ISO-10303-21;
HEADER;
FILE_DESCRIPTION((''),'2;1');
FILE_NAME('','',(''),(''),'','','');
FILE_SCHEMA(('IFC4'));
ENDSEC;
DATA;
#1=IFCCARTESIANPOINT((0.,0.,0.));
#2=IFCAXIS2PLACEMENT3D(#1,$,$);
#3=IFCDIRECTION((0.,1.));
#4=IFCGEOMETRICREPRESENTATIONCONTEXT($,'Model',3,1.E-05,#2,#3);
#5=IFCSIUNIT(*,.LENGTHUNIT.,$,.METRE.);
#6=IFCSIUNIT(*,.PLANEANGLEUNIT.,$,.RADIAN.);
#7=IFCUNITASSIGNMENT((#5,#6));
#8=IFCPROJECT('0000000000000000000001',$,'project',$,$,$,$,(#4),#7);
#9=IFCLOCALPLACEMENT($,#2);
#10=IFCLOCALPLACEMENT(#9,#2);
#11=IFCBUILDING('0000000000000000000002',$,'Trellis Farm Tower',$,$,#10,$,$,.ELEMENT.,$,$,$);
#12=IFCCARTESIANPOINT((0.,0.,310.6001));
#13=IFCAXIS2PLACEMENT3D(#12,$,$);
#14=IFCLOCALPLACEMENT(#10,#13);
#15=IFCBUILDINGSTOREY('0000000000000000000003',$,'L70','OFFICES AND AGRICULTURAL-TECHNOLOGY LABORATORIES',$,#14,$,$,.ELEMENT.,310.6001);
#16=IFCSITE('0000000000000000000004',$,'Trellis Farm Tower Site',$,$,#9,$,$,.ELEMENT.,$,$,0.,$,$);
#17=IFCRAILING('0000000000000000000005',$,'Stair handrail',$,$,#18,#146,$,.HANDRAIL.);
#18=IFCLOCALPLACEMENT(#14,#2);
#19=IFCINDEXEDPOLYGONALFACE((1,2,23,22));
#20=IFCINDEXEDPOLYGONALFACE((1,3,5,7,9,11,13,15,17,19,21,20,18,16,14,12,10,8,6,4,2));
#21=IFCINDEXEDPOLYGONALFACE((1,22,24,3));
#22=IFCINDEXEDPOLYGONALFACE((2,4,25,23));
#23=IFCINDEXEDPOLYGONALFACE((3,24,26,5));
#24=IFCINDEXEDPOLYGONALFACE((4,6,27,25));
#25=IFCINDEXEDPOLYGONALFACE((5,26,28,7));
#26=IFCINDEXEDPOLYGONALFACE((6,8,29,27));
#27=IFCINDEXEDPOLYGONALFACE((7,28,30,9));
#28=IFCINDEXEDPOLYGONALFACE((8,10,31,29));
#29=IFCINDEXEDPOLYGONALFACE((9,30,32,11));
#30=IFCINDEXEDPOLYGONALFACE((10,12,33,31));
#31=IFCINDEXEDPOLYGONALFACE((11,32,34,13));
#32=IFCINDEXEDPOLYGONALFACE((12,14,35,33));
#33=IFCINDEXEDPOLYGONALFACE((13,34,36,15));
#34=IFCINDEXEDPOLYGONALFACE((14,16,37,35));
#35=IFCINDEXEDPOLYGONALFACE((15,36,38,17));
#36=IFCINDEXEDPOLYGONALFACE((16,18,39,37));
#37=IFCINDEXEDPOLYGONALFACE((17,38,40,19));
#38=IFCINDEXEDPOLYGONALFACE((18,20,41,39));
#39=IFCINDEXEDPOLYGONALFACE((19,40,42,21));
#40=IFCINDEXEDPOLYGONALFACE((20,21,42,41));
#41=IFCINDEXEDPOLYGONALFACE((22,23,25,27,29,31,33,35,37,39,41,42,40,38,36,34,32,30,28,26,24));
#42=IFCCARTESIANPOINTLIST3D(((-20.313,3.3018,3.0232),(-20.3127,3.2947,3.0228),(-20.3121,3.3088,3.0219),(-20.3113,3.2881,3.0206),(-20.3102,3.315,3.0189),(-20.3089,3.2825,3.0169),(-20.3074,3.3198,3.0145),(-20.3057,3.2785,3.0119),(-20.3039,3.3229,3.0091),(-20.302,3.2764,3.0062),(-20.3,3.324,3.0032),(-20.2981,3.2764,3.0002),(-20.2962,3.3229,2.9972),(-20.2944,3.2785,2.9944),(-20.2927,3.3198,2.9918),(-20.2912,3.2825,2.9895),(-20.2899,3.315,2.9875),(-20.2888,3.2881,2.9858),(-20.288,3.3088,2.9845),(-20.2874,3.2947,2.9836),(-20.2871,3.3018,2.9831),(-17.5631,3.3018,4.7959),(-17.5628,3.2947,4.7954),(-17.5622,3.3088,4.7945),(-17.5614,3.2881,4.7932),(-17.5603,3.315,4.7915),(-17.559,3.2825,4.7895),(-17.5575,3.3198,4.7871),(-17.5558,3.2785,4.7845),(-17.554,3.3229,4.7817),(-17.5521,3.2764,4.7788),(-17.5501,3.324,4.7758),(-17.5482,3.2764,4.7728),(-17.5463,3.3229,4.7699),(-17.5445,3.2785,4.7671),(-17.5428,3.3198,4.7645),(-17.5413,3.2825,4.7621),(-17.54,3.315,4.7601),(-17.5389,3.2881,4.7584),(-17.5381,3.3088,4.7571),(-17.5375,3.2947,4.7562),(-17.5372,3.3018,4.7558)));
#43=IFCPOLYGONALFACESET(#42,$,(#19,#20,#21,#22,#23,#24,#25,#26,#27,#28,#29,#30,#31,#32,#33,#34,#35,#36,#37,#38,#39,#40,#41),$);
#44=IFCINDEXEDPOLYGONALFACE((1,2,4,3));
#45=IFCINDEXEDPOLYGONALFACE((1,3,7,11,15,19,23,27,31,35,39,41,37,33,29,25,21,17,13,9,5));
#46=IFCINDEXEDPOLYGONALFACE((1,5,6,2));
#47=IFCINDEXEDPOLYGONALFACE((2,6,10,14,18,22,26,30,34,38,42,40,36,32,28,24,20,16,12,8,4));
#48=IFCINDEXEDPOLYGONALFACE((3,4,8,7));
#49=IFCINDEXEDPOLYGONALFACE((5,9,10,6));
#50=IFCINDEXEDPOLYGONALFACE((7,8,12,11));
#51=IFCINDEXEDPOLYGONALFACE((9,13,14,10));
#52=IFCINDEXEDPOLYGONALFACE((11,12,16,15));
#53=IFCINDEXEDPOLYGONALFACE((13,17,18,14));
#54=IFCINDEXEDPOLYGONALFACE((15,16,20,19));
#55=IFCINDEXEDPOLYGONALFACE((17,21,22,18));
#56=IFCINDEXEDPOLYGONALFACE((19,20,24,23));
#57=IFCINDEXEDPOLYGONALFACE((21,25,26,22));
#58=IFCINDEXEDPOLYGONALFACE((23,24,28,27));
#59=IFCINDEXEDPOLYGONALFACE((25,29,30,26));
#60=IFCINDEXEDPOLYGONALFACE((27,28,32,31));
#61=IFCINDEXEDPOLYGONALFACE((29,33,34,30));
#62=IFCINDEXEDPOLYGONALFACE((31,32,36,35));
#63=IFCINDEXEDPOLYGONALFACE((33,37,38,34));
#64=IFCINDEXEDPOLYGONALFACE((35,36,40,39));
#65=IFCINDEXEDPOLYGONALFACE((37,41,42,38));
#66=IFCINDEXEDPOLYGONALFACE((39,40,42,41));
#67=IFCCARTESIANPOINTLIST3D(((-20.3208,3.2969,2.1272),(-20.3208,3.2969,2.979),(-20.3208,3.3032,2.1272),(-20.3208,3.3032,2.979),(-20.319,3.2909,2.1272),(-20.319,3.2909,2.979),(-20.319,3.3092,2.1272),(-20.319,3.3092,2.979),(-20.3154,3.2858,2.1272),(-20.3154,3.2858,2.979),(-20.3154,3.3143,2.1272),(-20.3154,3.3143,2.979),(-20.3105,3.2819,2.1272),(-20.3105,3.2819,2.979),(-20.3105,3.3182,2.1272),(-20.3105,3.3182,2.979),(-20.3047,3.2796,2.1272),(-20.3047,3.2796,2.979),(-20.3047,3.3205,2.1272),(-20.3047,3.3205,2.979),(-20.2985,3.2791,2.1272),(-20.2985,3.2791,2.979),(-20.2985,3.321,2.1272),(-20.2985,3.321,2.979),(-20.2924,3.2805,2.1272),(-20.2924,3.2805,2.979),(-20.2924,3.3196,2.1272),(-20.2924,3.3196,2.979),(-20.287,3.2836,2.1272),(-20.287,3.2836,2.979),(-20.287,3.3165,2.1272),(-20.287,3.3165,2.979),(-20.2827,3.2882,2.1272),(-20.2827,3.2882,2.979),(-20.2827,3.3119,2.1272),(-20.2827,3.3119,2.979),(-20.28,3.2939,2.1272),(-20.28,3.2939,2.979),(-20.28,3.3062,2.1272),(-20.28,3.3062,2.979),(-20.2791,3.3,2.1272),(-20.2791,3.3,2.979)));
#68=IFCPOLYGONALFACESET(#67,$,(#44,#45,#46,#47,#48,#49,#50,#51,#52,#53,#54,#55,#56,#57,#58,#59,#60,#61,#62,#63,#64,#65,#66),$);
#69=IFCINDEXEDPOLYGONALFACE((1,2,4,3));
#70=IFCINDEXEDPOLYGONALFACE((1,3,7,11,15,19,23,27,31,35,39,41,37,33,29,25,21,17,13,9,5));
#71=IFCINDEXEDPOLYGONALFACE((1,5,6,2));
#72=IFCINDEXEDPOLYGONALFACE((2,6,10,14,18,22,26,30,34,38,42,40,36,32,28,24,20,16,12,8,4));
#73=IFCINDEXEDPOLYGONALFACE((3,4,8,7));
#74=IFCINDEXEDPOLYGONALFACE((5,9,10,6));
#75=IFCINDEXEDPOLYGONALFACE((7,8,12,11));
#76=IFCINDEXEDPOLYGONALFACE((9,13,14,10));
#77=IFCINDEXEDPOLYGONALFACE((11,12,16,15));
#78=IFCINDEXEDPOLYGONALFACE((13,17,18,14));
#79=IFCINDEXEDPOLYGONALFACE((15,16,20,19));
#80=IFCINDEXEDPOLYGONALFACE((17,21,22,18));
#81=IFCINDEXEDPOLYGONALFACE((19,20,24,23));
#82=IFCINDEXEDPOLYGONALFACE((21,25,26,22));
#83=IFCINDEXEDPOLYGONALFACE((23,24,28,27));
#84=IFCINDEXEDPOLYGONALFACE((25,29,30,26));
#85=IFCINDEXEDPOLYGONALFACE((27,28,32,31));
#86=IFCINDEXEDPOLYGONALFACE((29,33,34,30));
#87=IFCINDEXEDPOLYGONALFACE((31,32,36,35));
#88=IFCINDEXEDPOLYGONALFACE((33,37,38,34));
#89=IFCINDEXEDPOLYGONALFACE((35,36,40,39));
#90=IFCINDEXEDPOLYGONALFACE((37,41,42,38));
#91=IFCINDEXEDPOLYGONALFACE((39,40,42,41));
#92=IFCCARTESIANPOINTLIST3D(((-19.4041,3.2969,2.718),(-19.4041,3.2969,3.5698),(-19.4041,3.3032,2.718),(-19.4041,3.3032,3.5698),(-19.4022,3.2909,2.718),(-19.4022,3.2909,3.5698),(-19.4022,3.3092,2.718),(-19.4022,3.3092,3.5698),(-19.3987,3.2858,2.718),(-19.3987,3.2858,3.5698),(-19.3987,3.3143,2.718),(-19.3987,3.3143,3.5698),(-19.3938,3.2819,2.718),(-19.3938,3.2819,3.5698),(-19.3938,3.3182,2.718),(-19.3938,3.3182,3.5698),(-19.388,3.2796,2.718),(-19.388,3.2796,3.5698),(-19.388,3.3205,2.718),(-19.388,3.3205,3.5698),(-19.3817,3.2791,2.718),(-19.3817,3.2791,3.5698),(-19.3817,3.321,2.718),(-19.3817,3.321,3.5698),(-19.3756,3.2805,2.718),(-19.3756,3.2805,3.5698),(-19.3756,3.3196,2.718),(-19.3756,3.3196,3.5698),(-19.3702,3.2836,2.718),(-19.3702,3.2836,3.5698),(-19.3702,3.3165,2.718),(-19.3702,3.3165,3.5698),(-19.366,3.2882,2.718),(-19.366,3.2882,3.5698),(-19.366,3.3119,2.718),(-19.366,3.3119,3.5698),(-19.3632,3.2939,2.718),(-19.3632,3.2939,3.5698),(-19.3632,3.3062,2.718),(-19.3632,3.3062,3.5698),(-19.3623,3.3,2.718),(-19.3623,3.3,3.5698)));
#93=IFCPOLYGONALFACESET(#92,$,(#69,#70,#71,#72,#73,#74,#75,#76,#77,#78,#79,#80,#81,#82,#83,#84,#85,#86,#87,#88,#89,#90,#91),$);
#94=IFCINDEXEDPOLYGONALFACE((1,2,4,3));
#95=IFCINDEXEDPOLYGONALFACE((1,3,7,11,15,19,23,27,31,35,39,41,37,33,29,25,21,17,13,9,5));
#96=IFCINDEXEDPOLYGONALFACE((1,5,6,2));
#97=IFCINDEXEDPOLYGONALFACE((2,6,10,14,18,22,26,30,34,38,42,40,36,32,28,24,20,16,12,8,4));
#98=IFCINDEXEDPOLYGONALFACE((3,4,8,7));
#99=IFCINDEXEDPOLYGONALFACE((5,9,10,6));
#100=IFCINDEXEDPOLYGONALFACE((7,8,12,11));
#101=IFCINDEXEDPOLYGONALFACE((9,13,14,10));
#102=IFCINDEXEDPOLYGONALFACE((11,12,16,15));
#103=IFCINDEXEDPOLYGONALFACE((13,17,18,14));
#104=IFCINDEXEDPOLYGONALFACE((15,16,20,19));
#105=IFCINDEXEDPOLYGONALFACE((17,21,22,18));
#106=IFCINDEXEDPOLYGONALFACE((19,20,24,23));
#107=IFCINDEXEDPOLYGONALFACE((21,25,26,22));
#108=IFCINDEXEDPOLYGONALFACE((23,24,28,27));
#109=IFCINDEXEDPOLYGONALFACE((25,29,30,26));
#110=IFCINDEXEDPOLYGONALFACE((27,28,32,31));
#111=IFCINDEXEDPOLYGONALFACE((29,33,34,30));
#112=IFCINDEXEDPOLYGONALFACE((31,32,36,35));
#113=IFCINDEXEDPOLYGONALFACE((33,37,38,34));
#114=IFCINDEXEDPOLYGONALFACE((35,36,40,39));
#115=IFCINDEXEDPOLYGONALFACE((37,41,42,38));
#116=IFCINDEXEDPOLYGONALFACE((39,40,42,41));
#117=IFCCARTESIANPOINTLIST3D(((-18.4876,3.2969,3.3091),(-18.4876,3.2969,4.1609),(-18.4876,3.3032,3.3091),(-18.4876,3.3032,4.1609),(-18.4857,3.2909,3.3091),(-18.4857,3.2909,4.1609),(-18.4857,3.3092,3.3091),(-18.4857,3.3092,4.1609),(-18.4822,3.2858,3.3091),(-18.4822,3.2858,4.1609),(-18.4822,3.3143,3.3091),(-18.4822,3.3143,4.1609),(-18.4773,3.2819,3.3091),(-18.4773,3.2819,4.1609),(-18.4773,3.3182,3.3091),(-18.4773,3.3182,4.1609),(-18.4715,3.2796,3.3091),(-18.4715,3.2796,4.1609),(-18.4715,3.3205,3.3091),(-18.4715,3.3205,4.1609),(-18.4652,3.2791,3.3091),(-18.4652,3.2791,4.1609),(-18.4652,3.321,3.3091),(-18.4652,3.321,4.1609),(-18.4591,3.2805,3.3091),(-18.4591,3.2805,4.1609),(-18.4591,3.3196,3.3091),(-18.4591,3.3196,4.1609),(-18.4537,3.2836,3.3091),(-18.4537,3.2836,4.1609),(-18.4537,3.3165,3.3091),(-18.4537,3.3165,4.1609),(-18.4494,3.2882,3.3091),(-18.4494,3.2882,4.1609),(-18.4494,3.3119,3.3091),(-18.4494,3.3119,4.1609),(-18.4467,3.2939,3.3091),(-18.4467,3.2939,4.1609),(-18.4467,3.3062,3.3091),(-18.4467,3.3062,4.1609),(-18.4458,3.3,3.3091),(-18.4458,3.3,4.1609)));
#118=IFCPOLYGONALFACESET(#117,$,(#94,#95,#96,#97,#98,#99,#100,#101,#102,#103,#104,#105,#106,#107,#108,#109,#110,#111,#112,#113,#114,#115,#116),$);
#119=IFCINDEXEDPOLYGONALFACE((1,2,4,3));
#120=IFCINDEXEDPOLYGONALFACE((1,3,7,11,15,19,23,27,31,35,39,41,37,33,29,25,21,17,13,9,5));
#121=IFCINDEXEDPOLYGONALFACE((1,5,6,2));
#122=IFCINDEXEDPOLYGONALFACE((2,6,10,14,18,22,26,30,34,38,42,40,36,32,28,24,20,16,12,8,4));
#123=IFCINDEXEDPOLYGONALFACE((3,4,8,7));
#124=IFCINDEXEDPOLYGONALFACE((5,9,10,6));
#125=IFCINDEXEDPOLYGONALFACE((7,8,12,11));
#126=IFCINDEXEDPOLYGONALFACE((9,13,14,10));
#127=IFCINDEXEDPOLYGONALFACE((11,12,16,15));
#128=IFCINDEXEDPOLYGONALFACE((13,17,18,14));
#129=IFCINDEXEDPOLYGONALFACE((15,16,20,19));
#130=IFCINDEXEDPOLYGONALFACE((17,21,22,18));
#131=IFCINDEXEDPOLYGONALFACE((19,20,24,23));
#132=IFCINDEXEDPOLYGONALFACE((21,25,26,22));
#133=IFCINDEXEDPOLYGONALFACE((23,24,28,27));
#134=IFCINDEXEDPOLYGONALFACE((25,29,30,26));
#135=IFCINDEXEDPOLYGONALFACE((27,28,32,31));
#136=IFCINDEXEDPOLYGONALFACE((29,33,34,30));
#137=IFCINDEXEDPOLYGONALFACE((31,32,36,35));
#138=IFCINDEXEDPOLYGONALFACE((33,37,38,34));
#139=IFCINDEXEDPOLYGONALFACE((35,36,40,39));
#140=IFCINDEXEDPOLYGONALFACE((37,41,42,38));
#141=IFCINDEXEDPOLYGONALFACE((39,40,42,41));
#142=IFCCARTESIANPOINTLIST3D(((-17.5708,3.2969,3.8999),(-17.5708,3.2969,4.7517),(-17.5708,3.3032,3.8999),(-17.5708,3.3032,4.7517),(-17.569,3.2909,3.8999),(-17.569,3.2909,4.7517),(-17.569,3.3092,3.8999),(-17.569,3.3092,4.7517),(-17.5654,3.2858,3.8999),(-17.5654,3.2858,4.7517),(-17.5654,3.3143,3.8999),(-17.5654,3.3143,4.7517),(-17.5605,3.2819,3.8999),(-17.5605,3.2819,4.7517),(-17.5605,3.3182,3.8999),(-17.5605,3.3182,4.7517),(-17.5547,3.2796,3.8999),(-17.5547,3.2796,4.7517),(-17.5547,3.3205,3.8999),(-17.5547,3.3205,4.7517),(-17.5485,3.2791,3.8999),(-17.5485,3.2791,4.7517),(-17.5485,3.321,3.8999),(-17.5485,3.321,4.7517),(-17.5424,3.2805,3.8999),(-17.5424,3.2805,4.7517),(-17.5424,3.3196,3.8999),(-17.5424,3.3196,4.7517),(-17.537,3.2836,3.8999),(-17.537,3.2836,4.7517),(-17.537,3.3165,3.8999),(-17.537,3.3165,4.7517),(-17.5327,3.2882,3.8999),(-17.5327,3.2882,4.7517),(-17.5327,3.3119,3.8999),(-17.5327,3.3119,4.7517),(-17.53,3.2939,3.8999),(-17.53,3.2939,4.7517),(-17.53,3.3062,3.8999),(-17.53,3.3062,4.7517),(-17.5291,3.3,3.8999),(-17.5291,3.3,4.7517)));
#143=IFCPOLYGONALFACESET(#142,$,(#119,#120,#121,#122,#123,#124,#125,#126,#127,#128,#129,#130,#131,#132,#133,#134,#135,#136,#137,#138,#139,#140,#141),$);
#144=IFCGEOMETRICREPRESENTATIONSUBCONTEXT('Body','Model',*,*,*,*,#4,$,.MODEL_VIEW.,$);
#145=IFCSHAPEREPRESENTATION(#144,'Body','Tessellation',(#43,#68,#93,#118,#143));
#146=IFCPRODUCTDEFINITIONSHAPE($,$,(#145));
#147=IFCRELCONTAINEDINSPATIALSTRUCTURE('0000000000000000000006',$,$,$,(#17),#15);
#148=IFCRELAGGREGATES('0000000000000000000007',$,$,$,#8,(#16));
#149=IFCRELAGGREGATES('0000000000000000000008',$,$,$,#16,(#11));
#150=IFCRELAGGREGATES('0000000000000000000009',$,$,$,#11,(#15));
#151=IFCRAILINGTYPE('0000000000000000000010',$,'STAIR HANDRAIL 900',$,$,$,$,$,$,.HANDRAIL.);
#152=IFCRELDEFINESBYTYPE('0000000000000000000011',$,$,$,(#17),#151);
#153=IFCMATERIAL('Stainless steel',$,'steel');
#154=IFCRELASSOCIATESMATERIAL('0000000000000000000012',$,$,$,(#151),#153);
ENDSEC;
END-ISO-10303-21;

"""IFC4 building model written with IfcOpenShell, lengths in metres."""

from ifc_helpers import new_model, si_unit, direction, frame, origin, origin_2d, place, context, subcontext, project, spatial, circle, extrude, source, transform, mapped, material, type_object, element, save


model = new_model("IFC4")

# Units and contexts
model_context = context("Model", 3, precision=1e-05, world=origin(), true_north=direction((0.0, 1.0)))
body_context = subcontext(model_context, "Body", "Model", "MODEL_VIEW")
ifc_project = project(units=[si_unit("LENGTHUNIT", "METRE"), si_unit("PLANEANGLEUNIT", "RADIAN")], contexts=[model_context])

# Site, building, storey
site_placement = place(None, origin())
site = spatial("IfcSite", under=ifc_project, at=site_placement, Name="Trellis Farm Tower Site", CompositionType="ELEMENT", RefElevation=0.0)
building_placement = place(site_placement, origin())
building = spatial("IfcBuilding", under=site, at=building_placement, Name="Trellis Farm Tower", CompositionType="ELEMENT")
storey_placement = place(building_placement, frame((0.0, 0.0, 310.6001)))
storey = spatial("IfcBuildingStorey", under=building, at=storey_placement, Name="L70", Description="OFFICES AND AGRICULTURAL-TECHNOLOGY LABORATORIES", CompositionType="ELEMENT", Elevation=310.6001)

# Railing
ifc_material_1 = material(Name="Stainless steel", Category="steel")
railing_type = type_object("IfcRailingType", Name="STAIR HANDRAIL 900", PredefinedType="HANDRAIL", material=ifc_material_1)
shared_shape_1 = source(origin(), body_context, "Body", "SweptSolid", [
    extrude(circle(Radius=0.0239, at=origin_2d()), frame((0.0, 0.0, 0.876), z_axis=(0.840504, 0.0, 0.541806), x_axis=(0.0, 1.0, 0.0)), (0.0, 0.0, 1.0), 3.2717),
    extrude(circle(Radius=0.021, at=origin_2d()), origin(), (0.0, 0.0, 1.0), 0.8518),
    extrude(circle(Radius=0.021, at=origin_2d()), frame((0.9167, 0.0, 0.5908)), (0.0, 0.0, 1.0), 0.8518),
    extrude(circle(Radius=0.021, at=origin_2d()), frame((1.8333, 0.0, 1.1819)), (0.0, 0.0, 1.0), 0.8518),
    extrude(circle(Radius=0.021, at=origin_2d()), frame((2.75, 0.0, 1.7727)), (0.0, 0.0, 1.0), 0.8518),
])
for number, where, name in (
    (1, (-20.3, 3.3, 2.1272), "Stair handrail"),
):
    element("IfcRailing", number, at=place(storey_placement, frame(where)), inside=storey, type_object=railing_type, Name=name, PredefinedType="HANDRAIL", context=body_context, shape_type="MappedRepresentation", body=[
        mapped(shared_shape_1, transform((0.0, 0.0, 0.0))),
    ])

save(model, "model.ifc")
